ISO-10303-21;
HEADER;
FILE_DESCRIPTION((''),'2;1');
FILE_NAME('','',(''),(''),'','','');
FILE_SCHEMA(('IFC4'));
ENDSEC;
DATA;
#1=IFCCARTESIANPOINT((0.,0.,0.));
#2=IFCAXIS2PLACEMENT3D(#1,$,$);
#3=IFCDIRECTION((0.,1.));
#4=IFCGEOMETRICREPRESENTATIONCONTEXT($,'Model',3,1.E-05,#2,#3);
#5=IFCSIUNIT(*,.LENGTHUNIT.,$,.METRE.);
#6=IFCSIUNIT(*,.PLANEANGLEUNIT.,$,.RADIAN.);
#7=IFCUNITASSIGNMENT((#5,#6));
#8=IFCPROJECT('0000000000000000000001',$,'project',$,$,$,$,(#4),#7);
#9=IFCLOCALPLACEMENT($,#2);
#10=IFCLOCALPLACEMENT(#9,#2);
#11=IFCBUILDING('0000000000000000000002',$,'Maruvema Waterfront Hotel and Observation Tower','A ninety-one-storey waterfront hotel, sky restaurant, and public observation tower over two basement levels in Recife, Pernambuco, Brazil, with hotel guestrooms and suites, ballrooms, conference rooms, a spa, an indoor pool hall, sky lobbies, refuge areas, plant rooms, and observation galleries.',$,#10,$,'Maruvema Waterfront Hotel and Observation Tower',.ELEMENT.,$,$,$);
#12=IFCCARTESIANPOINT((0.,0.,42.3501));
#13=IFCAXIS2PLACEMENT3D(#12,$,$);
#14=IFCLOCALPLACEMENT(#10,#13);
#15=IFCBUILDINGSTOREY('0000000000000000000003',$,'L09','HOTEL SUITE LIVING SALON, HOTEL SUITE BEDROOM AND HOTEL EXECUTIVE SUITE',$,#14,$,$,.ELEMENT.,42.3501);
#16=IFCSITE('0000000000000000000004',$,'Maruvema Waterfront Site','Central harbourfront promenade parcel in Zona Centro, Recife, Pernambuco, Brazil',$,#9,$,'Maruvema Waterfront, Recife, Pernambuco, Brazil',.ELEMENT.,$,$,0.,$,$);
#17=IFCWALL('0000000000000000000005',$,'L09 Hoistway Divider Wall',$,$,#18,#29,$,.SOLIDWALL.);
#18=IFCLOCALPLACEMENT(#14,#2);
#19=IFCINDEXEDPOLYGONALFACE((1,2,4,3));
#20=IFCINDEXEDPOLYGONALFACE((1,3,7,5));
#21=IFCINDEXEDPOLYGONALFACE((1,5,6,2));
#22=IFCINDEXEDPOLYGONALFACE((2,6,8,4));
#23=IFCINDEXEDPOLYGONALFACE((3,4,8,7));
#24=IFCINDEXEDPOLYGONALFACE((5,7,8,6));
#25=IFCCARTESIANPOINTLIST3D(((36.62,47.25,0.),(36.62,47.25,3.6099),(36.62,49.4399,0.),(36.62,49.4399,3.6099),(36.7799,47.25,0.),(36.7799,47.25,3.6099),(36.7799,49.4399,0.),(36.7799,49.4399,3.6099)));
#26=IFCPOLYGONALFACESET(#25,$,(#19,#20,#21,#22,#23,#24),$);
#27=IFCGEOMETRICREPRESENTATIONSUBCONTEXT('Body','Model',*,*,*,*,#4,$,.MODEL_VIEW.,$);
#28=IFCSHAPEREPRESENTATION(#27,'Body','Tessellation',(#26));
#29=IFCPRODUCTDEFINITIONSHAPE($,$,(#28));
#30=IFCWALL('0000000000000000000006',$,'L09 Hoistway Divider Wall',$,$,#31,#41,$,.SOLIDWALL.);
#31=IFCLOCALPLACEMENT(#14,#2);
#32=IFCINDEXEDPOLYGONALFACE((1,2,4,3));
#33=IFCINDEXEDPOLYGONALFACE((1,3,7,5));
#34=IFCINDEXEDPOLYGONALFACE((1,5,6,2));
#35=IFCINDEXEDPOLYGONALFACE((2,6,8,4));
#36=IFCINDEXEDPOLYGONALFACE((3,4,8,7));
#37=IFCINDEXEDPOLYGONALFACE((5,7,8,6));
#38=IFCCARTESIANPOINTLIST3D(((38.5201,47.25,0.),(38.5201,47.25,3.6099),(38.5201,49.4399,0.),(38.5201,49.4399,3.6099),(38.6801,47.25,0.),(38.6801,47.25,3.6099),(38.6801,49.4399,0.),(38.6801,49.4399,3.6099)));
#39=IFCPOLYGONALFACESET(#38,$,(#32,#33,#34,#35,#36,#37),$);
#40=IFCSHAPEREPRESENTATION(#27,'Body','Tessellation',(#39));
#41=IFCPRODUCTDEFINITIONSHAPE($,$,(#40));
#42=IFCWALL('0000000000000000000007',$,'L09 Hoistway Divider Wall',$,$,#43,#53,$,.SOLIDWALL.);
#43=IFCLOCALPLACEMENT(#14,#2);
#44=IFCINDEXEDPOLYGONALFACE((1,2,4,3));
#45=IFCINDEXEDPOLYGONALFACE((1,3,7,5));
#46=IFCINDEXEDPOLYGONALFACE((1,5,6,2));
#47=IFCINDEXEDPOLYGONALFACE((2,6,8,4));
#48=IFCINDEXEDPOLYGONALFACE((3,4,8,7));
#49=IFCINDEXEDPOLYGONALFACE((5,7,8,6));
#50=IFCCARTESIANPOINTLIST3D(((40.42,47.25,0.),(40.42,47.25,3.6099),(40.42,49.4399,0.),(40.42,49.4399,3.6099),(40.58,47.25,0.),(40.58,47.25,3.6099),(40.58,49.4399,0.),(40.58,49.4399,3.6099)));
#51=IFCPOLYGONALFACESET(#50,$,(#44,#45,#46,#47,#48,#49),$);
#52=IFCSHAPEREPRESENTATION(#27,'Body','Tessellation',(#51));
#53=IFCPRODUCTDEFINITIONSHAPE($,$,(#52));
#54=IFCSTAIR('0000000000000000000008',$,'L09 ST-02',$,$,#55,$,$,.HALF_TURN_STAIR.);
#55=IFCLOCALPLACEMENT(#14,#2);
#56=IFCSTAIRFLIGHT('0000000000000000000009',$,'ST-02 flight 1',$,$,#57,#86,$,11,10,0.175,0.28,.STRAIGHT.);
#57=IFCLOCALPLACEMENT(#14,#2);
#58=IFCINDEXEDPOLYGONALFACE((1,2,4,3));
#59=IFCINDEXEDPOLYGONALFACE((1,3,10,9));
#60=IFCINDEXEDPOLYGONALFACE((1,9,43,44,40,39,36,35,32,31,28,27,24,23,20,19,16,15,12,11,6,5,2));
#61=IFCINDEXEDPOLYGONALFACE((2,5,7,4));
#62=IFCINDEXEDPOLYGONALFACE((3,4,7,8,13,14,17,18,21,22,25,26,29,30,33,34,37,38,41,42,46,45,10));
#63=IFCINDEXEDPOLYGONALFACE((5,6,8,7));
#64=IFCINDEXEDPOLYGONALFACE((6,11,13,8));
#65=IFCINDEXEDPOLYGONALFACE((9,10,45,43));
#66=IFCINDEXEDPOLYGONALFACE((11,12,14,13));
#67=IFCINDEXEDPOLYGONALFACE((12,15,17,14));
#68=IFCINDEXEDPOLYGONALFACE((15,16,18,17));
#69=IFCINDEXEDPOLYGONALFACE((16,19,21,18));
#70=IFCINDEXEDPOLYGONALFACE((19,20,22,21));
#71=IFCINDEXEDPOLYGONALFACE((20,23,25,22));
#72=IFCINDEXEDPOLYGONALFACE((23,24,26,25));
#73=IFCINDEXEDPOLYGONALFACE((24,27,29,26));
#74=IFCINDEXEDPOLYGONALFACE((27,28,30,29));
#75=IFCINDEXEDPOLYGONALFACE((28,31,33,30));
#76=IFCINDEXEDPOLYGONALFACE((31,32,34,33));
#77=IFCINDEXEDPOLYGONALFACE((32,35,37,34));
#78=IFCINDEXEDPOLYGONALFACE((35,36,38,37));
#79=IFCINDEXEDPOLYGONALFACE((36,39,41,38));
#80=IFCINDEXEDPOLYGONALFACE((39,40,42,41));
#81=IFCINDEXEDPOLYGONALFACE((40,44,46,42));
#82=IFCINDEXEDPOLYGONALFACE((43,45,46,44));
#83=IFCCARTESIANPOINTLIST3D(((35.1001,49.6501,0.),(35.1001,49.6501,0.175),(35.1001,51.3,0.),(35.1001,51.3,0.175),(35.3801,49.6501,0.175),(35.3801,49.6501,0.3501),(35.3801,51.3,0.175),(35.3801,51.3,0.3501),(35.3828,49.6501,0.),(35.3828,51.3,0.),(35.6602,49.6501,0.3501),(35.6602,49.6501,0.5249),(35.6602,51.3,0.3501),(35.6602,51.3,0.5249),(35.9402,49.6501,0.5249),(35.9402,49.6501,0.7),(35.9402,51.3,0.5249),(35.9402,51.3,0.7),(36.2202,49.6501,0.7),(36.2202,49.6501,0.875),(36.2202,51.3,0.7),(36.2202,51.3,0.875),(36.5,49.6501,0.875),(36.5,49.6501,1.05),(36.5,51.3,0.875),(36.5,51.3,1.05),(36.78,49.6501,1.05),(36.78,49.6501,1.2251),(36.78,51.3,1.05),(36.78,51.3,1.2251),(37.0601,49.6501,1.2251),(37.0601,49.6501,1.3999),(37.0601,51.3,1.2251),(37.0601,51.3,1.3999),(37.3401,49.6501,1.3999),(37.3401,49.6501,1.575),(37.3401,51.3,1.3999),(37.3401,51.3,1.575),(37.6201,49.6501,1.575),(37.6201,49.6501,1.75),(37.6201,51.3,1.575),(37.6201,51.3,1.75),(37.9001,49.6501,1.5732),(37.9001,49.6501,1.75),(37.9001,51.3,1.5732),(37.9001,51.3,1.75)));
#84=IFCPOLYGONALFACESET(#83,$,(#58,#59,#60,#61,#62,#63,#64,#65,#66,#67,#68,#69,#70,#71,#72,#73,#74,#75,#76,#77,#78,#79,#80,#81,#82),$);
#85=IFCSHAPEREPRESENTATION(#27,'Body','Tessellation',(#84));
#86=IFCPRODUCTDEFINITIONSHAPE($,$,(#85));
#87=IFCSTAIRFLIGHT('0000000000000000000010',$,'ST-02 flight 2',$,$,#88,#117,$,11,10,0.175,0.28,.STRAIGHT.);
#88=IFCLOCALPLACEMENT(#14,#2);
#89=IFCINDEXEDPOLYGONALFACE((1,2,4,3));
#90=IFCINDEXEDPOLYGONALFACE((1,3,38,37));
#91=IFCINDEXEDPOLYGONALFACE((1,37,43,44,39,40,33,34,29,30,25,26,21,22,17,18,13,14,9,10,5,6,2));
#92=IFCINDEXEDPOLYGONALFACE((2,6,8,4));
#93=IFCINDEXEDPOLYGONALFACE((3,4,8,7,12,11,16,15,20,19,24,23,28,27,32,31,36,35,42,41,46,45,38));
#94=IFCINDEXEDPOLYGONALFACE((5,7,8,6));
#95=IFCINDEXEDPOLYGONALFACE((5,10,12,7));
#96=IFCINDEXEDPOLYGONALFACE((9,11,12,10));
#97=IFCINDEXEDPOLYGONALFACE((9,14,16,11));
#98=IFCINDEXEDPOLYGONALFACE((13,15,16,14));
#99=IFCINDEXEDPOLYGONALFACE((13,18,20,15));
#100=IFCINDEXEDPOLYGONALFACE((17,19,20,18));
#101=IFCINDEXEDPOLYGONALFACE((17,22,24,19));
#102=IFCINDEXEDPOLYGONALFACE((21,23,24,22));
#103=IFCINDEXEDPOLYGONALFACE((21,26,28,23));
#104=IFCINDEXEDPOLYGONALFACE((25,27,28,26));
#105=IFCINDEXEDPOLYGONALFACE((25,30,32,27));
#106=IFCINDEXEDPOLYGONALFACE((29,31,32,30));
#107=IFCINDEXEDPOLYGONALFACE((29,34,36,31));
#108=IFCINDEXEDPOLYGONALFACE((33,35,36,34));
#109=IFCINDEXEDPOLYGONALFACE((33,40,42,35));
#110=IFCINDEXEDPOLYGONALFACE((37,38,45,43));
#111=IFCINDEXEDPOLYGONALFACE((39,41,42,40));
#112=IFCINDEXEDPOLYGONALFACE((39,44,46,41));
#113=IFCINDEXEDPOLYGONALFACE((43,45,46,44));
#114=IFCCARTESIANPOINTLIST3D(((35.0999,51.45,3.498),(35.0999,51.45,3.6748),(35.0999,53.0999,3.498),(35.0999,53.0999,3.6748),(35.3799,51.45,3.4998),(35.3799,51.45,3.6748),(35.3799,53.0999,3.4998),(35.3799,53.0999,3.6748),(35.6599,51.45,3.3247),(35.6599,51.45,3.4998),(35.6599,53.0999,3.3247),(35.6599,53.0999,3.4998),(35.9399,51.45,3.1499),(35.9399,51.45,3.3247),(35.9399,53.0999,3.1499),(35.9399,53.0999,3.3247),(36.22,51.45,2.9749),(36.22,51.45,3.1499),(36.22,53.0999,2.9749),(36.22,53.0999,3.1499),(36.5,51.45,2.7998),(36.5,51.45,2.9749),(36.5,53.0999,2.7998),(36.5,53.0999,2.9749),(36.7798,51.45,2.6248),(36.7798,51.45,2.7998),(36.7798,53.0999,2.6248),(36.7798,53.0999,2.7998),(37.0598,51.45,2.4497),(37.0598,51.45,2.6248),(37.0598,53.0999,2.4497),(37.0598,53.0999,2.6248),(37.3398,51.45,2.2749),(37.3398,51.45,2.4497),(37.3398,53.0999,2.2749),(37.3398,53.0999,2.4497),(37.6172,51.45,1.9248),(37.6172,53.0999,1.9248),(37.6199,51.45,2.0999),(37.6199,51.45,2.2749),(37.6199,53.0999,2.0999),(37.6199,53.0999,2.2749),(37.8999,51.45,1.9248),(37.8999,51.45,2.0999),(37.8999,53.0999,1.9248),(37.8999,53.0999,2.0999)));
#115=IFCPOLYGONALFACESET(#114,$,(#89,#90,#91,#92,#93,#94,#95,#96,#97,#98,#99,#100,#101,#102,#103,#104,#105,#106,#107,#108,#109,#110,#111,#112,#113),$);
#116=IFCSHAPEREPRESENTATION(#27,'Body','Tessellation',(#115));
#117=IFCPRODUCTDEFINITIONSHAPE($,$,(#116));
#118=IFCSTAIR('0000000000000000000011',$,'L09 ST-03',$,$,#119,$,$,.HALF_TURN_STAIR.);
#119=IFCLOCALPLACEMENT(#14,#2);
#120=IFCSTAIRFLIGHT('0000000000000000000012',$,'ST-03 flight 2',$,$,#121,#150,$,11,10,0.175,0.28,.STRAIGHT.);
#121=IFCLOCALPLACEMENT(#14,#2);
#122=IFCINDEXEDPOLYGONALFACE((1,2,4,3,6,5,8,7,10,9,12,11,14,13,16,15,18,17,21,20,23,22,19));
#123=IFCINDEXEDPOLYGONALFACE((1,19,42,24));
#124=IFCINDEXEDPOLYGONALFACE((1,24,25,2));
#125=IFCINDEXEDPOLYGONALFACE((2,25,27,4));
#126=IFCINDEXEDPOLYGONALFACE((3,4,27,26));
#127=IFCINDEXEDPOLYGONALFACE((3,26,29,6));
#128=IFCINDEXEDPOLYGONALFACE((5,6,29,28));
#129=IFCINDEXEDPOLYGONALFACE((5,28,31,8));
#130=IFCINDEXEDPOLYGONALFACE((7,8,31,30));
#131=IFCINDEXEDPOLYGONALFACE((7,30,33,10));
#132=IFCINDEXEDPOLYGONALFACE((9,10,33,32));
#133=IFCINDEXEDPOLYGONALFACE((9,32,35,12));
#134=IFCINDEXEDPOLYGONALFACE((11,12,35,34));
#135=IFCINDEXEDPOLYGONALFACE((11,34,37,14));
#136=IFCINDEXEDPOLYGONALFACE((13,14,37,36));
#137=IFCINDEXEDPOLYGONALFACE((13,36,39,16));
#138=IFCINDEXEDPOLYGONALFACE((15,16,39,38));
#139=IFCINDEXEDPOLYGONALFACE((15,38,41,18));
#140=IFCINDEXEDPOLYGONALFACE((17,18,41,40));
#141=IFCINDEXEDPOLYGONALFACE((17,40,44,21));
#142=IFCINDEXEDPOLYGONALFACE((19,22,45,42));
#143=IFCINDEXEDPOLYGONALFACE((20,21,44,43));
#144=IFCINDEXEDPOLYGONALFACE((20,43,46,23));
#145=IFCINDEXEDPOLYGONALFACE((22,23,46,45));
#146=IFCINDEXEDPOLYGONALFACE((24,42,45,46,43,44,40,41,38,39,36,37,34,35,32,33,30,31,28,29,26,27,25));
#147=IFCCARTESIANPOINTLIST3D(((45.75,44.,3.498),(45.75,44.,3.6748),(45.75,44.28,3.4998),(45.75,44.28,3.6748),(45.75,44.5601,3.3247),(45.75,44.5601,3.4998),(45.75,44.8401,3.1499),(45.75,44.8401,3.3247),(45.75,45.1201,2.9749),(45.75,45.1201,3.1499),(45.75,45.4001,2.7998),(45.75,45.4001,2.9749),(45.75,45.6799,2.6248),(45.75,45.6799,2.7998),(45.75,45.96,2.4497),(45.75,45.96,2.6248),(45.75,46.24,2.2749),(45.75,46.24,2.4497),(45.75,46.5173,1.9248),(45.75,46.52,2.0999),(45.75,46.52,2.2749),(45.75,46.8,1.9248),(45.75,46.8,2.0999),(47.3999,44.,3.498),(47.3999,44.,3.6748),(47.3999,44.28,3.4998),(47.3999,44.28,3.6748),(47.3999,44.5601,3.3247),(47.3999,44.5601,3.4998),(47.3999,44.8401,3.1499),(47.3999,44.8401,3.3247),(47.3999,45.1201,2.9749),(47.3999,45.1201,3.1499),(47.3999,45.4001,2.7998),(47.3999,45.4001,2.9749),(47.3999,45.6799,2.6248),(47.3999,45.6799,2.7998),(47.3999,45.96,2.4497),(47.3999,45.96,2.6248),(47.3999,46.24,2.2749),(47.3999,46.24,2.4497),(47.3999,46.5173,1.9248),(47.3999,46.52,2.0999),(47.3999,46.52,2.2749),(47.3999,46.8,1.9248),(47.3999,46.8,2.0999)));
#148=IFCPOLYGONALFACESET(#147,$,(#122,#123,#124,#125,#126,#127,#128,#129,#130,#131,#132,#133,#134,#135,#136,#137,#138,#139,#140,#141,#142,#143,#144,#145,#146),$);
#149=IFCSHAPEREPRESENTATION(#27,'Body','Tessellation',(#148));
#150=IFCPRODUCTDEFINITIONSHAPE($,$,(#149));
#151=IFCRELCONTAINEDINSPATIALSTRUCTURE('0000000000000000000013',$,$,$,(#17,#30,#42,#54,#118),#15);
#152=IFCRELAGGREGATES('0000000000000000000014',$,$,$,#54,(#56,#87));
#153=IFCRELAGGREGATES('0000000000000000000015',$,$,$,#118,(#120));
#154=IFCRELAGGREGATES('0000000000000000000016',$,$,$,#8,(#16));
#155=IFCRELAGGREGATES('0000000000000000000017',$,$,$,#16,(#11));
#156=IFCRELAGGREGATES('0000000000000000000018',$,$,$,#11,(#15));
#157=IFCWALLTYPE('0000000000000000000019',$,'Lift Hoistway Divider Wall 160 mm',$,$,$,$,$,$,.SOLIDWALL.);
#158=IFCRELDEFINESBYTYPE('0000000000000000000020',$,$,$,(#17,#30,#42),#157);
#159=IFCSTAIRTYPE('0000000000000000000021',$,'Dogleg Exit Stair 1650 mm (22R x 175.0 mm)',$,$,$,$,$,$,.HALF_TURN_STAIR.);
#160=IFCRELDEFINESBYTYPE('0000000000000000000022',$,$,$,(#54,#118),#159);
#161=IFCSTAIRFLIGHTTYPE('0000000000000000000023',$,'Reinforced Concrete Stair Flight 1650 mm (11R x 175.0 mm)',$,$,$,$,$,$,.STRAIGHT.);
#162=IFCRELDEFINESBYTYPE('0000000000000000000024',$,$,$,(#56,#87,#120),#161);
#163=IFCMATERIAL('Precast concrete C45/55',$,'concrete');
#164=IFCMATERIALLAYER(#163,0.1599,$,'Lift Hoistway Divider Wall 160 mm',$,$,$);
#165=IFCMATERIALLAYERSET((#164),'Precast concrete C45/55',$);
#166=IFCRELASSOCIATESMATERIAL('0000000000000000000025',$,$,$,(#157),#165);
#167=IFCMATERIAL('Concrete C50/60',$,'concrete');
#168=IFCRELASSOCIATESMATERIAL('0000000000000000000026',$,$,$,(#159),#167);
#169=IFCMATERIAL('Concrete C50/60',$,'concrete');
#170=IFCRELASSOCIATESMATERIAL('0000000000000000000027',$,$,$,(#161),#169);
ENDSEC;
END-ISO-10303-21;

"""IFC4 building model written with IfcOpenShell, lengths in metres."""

from ifc_helpers import new_model, si_unit, direction, frame, frame_2d, origin, place, context, subcontext, project, spatial, polyline, rectangle, outline, extrude, material, layer, layer_set, type_object, element, aggregate, save


model = new_model("IFC4")

# Units and contexts
model_context = context("Model", 3, precision=1e-05, world=origin(), true_north=direction((0.0, 1.0)))
body_context = subcontext(model_context, "Body", "Model", "MODEL_VIEW")
ifc_project = project(units=[si_unit("LENGTHUNIT", "METRE"), si_unit("PLANEANGLEUNIT", "RADIAN")], contexts=[model_context])

# Site, building, storey
site_placement = place(None, origin())
site = spatial("IfcSite", under=ifc_project, at=site_placement, Name="Maruvema Waterfront Site", Description="Central harbourfront promenade parcel in Zona Centro, Recife, Pernambuco, Brazil", LongName="Maruvema Waterfront, Recife, Pernambuco, Brazil", CompositionType="ELEMENT", RefElevation=0.0)
building_placement = place(site_placement, origin())
building = spatial("IfcBuilding", under=site, at=building_placement, Name="Maruvema Waterfront Hotel and Observation Tower", Description="A ninety-one-storey waterfront hotel, sky restaurant, and public observation tower over two basement levels in Recife, Pernambuco, Brazil, with hotel guestrooms and suites, ballrooms, conference rooms, a spa, an indoor pool hall, sky lobbies, refuge areas, plant rooms, and observation galleries.", LongName="Maruvema Waterfront Hotel and Observation Tower", CompositionType="ELEMENT")
storey_placement = place(building_placement, frame((0.0, 0.0, 42.3501)))
storey = spatial("IfcBuildingStorey", under=building, at=storey_placement, Name="L09", Description="HOTEL SUITE LIVING SALON, HOTEL SUITE BEDROOM AND HOTEL EXECUTIVE SUITE", CompositionType="ELEMENT", Elevation=42.3501)

# Walls
ifc_material_1 = material(Name="Precast concrete C45/55", Category="concrete")
ifc_layer_1 = layer(ifc_material_1, 0.1599, Name="Lift Hoistway Divider Wall 160 mm")
ifc_layer_set_1 = layer_set([ifc_layer_1], Name="Precast concrete C45/55")
wall_type_1 = type_object("IfcWallType", Name="Lift Hoistway Divider Wall 160 mm", PredefinedType="SOLIDWALL", material=ifc_layer_set_1)
for number, where, z_axis, x_axis, name in (
    (1, (36.7, 47.25, 0.0), (0.0, 0.0, 1.0), (0.0, 1.0, 0.0), "L09 Hoistway Divider Wall"),
    (2, (38.6001, 47.25, 0.0), (0.0, 0.0, 1.0), (0.0, 1.0, 0.0), "L09 Hoistway Divider Wall"),
    (3, (40.5, 47.25, 0.0), (0.0, 0.0, 1.0), (0.0, 1.0, 0.0), "L09 Hoistway Divider Wall"),
):
    element("IfcWall", number, at=place(storey_placement, frame(where, z_axis=z_axis, x_axis=x_axis)), inside=storey, type_object=wall_type_1, Name=name, PredefinedType="SOLIDWALL", context=body_context, shape_type="SweptSolid", body=[
        extrude(rectangle(XDim=2.1899, YDim=0.1599, at=frame_2d((1.095, 0.0))), origin(), (0.0, 0.0, 1.0), 3.6099),
    ])

# Stair, stair flights
ifc_material_2 = material(Name="Concrete C50/60", Category="concrete")
stair_type = type_object("IfcStairType", Name="Dogleg Exit Stair 1650 mm (22R x 175.0 mm)", PredefinedType="HALF_TURN_STAIR", material=ifc_material_2)
stair_1_placement = place(storey_placement, origin())
stair_1 = element("IfcStair", 4, at=stair_1_placement, inside=storey, type_object=stair_type, Name="L09 ST-02", PredefinedType="HALF_TURN_STAIR")
ifc_material_3 = material(Name="Concrete C50/60", Category="concrete")
stair_flight_type = type_object("IfcStairFlightType", Name="Reinforced Concrete Stair Flight 1650 mm (11R x 175.0 mm)", PredefinedType="STRAIGHT", material=ifc_material_3)
stair_flight_1_placement = place(storey_placement, frame((35.1001, 50.4751, 0.0), z_axis=(0.0, 0.0, 1.0), x_axis=(1.0, 0.0, 0.0)))
stair_flight_1 = element("IfcStairFlight", 5, at=stair_flight_1_placement, type_object=stair_flight_type, Name="ST-02 flight 1", NumberOfRisers=11, NumberOfTreads=10, PredefinedType="STRAIGHT", RiserHeight=0.175, TreadLength=0.28, context=body_context, shape_type="SweptSolid", body=[
    extrude(outline(polyline([(0.0, 0.0), (0.0, 0.175), (0.28, 0.175), (0.28, 0.3501), (0.5601, 0.3501), (0.5601, 0.5249), (0.8401, 0.5249), (0.8401, 0.7), (1.1201, 0.7), (1.1201, 0.875), (1.3999, 0.875), (1.3999, 1.05), (1.6799, 1.05), (1.6799, 1.2251), (1.96, 1.2251), (1.96, 1.3999), (2.24, 1.3999), (2.24, 1.575), (2.52, 1.575), (2.52, 1.75), (2.8, 1.75), (2.8, 1.925), (2.8, 1.5732), (0.2827, 0.0), (0.0, 0.0)])), frame((0.0, 0.825, 0.0), z_axis=(0.0, -1.0, 0.0), x_axis=(1.0, 0.0, 0.0)), (0.0, 0.0, 1.0), 1.6499),
])
stair_flight_2_placement = place(storey_placement, frame((37.8999, 52.2749, 1.9248), z_axis=(0.0, 0.0, 1.0), x_axis=(-1.0, 0.0, 0.0)))
stair_flight_2 = element("IfcStairFlight", 6, at=stair_flight_2_placement, type_object=stair_flight_type, Name="ST-02 flight 2", NumberOfRisers=11, NumberOfTreads=10, PredefinedType="STRAIGHT", RiserHeight=0.175, TreadLength=0.28, context=body_context, shape_type="SweptSolid", body=[
    extrude(outline(polyline([(0.0, 0.0), (0.0, 0.175), (0.28, 0.175), (0.28, 0.3501), (0.5601, 0.3501), (0.5601, 0.5249), (0.8401, 0.5249), (0.8401, 0.7), (1.1201, 0.7), (1.1201, 0.875), (1.3999, 0.875), (1.3999, 1.05), (1.6799, 1.05), (1.6799, 1.2251), (1.96, 1.2251), (1.96, 1.3999), (2.24, 1.3999), (2.24, 1.575), (2.52, 1.575), (2.52, 1.75), (2.8, 1.75), (2.8, 1.925), (2.8, 1.5732), (0.2827, 0.0), (0.0, 0.0)])), frame((0.0, 0.825, 0.0), z_axis=(0.0, -1.0, 0.0), x_axis=(1.0, 0.0, 0.0)), (0.0, 0.0, 1.0), 1.6499),
])
aggregate(stair_1, [stair_flight_1, stair_flight_2])

# Stair, stair flight
stair_2_placement = place(storey_placement, origin())
stair_2 = element("IfcStair", 7, at=stair_2_placement, inside=storey, type_object=stair_type, Name="L09 ST-03", PredefinedType="HALF_TURN_STAIR")
stair_flight_3_placement = place(storey_placement, frame((46.575, 46.8, 1.9248), z_axis=(0.0, 0.0, 1.0), x_axis=(0.0, -1.0, 0.0)))
stair_flight_3 = element("IfcStairFlight", 8, at=stair_flight_3_placement, type_object=stair_flight_type, Name="ST-03 flight 2", NumberOfRisers=11, NumberOfTreads=10, PredefinedType="STRAIGHT", RiserHeight=0.175, TreadLength=0.28, context=body_context, shape_type="SweptSolid", body=[
    extrude(outline(polyline([(0.0, 0.0), (0.0, 0.175), (0.28, 0.175), (0.28, 0.3501), (0.5601, 0.3501), (0.5601, 0.5249), (0.8401, 0.5249), (0.8401, 0.7), (1.1201, 0.7), (1.1201, 0.875), (1.3999, 0.875), (1.3999, 1.05), (1.6799, 1.05), (1.6799, 1.2251), (1.96, 1.2251), (1.96, 1.3999), (2.24, 1.3999), (2.24, 1.575), (2.52, 1.575), (2.52, 1.75), (2.8, 1.75), (2.8, 1.925), (2.8, 1.5732), (0.2827, 0.0), (0.0, 0.0)])), frame((0.0, 0.825, 0.0), z_axis=(0.0, -1.0, 0.0), x_axis=(1.0, 0.0, 0.0)), (0.0, 0.0, 1.0), 1.6499),
])
aggregate(stair_2, [stair_flight_3])

save(model, "model.ifc")
